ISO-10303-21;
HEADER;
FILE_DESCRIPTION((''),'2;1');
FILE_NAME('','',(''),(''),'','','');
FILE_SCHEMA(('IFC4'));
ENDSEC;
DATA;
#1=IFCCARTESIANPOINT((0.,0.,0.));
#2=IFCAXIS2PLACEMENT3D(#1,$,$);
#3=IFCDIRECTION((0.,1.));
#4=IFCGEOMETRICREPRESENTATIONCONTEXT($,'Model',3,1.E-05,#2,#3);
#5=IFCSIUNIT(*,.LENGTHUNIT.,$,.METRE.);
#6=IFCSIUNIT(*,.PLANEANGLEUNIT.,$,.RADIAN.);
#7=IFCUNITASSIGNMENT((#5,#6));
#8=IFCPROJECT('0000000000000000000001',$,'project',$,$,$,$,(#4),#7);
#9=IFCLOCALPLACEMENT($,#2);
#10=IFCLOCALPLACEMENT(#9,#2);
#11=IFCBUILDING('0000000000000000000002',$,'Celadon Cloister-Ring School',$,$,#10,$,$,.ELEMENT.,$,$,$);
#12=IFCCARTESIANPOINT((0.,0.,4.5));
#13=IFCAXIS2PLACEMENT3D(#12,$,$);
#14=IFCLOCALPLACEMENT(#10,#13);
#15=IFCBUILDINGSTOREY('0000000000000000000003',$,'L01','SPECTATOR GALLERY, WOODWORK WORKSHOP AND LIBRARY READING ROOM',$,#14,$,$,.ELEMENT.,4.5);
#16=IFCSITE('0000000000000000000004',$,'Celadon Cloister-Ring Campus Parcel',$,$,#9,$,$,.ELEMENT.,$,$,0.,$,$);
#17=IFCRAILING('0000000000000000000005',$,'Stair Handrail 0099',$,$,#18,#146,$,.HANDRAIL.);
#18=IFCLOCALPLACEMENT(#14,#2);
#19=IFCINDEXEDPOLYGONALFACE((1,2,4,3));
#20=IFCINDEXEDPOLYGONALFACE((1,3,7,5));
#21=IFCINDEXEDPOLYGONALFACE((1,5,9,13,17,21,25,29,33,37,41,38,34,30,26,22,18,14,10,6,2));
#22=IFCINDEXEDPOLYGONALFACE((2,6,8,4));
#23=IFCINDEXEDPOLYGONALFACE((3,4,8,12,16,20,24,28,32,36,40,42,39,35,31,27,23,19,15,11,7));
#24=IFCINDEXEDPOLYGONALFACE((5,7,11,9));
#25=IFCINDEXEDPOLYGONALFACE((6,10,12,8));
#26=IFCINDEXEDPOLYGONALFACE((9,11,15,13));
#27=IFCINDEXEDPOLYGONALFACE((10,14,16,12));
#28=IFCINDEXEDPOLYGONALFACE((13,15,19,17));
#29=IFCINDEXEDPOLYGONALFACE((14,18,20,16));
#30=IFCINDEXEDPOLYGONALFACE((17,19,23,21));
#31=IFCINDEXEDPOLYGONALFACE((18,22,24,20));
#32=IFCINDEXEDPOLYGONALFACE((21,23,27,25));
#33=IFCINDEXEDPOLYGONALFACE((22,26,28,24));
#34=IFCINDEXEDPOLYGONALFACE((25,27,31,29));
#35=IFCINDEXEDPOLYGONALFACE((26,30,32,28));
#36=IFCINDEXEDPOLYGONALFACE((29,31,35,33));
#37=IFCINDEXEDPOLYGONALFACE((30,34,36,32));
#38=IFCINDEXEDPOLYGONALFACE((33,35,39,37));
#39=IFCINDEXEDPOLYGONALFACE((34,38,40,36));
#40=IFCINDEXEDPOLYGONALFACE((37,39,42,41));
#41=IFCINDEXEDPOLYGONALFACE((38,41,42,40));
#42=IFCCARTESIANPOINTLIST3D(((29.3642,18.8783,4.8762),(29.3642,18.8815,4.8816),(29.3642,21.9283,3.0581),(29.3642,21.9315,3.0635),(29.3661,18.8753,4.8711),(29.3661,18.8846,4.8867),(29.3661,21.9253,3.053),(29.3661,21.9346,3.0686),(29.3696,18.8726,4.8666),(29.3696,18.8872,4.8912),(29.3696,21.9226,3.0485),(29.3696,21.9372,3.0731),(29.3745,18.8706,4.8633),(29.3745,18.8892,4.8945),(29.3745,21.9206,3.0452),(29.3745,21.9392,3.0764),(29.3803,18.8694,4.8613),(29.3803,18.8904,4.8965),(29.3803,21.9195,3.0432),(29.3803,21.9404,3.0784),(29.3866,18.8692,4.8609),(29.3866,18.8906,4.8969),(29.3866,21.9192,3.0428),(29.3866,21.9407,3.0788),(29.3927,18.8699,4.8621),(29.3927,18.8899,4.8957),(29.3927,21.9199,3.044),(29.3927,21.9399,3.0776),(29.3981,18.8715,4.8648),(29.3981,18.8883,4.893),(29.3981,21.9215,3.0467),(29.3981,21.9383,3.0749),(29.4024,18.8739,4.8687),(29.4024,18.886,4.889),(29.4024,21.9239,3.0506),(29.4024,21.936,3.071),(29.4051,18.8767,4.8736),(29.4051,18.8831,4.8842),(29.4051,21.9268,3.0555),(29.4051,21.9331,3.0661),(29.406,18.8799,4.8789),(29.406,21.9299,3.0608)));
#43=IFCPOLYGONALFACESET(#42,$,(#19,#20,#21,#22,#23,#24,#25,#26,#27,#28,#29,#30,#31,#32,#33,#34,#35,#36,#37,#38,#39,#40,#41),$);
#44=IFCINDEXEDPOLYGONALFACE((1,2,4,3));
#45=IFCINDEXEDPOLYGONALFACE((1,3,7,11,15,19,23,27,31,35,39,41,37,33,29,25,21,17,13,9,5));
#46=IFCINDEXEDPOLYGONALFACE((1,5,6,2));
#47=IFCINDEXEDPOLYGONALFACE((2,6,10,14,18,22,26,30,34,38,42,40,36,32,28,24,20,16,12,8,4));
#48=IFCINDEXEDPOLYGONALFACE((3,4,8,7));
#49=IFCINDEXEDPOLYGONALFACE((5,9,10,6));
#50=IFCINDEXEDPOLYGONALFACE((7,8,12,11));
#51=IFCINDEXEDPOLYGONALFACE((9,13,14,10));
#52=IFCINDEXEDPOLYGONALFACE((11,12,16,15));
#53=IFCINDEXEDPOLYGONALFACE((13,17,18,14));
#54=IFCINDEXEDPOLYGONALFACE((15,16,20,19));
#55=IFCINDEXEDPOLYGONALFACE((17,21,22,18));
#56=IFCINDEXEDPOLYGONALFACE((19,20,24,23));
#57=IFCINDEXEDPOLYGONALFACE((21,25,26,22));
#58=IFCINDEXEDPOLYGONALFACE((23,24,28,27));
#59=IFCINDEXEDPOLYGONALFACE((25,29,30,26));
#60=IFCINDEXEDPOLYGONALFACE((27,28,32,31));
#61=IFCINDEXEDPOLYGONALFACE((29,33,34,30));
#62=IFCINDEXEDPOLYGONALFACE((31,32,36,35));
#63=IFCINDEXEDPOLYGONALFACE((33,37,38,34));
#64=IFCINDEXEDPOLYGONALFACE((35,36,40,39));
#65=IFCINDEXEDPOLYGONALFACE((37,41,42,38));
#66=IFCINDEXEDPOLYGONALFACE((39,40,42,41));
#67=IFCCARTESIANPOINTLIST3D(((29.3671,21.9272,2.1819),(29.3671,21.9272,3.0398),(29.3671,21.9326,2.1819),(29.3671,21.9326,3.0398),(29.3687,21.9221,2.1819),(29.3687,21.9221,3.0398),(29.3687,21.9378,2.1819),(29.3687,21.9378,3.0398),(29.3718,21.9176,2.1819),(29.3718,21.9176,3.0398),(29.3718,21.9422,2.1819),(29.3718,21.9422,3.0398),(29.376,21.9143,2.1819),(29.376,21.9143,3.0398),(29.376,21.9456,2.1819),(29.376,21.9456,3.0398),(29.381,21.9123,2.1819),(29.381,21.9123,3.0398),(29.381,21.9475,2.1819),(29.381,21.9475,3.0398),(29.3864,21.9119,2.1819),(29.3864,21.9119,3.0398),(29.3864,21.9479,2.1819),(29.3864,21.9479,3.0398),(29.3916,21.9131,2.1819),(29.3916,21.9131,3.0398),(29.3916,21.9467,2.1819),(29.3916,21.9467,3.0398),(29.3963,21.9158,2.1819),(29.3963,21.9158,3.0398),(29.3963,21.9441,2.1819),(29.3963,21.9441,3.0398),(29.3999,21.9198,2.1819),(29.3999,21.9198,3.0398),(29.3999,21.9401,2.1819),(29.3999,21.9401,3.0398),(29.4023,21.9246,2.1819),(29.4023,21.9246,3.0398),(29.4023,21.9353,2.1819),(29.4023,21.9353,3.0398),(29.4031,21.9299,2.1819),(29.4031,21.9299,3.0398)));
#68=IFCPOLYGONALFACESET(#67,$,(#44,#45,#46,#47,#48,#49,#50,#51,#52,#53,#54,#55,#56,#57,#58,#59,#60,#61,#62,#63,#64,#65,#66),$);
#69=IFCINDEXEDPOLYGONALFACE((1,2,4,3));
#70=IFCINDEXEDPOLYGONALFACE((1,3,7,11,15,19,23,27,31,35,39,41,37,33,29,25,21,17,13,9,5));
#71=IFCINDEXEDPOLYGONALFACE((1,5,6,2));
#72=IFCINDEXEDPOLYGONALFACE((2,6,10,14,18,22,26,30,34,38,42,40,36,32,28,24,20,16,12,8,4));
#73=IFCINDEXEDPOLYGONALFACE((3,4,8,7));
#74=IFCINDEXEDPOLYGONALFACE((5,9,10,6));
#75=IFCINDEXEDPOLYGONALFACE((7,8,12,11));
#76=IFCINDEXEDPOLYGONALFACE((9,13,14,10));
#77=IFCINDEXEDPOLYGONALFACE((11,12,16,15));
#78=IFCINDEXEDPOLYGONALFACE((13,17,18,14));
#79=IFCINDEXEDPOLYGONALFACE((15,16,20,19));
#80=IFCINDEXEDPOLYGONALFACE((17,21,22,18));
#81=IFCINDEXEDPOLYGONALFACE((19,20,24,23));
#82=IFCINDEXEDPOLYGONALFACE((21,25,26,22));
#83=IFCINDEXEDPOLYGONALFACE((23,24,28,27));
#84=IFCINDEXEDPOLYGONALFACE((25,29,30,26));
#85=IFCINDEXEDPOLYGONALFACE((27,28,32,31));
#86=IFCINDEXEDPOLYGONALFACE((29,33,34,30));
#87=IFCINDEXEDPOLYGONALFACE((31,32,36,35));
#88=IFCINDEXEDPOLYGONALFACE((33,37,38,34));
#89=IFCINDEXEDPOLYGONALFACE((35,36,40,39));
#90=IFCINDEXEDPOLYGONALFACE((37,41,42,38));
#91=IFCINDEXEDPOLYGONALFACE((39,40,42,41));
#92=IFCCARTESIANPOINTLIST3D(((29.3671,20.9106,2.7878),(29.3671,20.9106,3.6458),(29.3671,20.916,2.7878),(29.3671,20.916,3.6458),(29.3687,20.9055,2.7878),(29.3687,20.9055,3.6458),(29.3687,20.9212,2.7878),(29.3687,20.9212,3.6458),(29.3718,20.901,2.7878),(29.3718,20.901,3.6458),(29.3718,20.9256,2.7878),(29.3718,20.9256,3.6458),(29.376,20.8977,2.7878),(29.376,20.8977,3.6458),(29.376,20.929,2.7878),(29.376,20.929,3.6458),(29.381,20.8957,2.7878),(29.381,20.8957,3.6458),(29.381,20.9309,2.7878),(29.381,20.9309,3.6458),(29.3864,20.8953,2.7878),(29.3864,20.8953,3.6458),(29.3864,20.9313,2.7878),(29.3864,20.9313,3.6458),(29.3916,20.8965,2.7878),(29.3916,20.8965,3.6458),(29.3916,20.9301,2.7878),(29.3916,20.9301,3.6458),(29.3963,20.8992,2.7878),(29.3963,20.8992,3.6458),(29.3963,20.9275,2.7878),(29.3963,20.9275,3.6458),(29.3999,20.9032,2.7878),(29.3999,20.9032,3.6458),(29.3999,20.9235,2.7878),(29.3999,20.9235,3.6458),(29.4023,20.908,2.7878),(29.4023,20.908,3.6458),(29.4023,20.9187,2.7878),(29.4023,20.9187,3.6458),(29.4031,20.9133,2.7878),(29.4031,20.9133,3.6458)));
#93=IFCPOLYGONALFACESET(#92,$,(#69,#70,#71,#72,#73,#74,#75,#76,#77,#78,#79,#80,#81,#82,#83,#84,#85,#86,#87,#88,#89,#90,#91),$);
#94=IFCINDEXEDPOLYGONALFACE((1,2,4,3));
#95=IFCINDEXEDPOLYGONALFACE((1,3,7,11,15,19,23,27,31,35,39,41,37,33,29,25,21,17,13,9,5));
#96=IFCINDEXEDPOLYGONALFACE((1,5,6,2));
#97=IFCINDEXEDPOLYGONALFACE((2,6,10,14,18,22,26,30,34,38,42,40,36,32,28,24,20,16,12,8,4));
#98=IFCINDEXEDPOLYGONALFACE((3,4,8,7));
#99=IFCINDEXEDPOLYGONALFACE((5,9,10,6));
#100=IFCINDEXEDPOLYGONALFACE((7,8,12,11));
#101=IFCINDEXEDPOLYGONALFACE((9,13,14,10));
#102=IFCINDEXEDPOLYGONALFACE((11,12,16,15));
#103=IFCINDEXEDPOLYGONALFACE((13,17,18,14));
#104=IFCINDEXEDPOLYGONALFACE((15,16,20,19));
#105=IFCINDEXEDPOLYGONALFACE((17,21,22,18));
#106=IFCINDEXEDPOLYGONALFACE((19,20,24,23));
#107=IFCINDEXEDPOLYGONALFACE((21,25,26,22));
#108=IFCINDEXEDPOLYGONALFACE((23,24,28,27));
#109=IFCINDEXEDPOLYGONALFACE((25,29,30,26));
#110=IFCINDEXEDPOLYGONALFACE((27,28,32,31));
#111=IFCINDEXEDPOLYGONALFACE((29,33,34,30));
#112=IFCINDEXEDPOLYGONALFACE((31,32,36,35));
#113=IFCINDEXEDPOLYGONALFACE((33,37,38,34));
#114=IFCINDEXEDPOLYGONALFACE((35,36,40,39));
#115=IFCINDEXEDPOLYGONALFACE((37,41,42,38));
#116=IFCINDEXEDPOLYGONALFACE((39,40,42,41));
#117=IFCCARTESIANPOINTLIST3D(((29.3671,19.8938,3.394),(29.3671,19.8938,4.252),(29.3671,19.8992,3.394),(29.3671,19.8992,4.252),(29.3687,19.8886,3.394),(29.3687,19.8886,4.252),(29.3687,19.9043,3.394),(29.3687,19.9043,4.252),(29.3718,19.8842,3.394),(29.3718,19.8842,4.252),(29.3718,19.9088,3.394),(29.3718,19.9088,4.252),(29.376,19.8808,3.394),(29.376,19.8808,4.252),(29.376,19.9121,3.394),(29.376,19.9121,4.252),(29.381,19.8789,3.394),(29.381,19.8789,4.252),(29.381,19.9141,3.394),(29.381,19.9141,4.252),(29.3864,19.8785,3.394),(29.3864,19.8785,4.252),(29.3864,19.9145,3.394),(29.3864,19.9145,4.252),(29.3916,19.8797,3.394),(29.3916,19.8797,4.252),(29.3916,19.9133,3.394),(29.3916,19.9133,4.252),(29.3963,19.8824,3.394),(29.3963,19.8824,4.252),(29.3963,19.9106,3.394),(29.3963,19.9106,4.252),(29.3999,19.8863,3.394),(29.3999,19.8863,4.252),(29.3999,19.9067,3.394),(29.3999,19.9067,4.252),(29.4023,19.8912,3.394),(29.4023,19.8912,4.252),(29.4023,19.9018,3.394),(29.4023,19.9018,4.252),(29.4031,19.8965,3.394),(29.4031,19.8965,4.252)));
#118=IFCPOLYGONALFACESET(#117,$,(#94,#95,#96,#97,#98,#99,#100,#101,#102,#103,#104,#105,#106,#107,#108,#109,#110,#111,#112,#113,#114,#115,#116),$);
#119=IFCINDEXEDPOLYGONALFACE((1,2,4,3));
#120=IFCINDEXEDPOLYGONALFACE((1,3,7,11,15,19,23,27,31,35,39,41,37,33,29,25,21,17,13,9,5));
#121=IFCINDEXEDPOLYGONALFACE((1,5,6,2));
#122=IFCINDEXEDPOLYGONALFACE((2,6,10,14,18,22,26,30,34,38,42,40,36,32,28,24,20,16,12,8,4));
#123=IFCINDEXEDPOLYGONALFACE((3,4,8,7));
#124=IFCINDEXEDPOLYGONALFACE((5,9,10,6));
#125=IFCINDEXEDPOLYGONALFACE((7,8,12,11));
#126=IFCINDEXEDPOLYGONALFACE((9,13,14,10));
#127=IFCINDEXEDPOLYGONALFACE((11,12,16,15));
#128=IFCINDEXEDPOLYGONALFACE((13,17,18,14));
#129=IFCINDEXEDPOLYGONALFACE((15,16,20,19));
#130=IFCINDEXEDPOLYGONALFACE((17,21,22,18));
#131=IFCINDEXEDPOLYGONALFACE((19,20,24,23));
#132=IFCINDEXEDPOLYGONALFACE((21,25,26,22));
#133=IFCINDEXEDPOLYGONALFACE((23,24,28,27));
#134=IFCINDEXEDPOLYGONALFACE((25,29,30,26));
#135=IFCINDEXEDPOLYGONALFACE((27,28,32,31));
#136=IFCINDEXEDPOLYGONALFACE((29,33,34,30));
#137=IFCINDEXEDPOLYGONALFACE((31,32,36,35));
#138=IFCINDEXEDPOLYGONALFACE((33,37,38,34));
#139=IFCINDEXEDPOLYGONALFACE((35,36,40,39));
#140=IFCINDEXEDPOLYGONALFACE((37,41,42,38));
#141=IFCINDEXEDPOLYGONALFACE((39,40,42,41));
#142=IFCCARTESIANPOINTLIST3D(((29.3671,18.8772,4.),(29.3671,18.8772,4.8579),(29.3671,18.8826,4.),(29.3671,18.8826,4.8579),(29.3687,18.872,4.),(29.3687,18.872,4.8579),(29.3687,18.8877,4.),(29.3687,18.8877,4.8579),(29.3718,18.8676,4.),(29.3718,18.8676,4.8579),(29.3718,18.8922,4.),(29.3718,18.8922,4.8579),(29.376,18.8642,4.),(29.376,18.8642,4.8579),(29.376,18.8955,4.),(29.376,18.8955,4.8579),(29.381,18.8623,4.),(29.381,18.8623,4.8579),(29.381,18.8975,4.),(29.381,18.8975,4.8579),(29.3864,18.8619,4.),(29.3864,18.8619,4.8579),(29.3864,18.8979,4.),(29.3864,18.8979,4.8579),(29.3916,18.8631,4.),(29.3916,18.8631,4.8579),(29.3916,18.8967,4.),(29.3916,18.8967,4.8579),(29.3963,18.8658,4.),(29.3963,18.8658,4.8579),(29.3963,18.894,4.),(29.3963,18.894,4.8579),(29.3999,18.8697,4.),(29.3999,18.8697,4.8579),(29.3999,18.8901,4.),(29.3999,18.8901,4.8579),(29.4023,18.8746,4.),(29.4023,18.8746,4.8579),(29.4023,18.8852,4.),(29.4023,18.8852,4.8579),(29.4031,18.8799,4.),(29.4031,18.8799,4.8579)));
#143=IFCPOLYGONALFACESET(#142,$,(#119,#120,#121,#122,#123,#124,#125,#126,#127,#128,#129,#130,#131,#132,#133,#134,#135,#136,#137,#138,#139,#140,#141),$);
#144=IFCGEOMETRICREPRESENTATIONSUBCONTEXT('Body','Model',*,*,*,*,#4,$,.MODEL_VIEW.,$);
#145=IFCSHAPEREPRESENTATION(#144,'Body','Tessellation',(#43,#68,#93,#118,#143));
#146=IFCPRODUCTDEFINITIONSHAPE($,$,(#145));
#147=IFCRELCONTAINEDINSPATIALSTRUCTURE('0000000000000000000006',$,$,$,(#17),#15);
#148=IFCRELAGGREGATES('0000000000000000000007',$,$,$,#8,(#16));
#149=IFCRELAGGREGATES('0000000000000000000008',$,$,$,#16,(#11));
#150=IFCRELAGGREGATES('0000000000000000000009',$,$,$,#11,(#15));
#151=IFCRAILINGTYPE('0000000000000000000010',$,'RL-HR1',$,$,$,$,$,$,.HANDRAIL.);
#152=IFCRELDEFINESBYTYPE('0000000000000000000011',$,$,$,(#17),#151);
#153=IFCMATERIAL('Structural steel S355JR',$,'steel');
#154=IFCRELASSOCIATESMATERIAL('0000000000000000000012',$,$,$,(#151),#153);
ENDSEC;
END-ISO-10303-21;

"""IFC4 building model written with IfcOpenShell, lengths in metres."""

from ifc_helpers import new_model, si_unit, direction, frame, origin, origin_2d, place, context, subcontext, project, spatial, circle, extrude, material, type_object, element, save


model = new_model("IFC4")

# Units and contexts
model_context = context("Model", 3, precision=1e-05, world=origin(), true_north=direction((0.0, 1.0)))
body_context = subcontext(model_context, "Body", "Model", "MODEL_VIEW")
ifc_project = project(units=[si_unit("LENGTHUNIT", "METRE"), si_unit("PLANEANGLEUNIT", "RADIAN")], contexts=[model_context])

# Site, building, storey
site_placement = place(None, origin())
site = spatial("IfcSite", under=ifc_project, at=site_placement, Name="Celadon Cloister-Ring Campus Parcel", CompositionType="ELEMENT", RefElevation=0.0)
building_placement = place(site_placement, origin())
building = spatial("IfcBuilding", under=site, at=building_placement, Name="Celadon Cloister-Ring School", CompositionType="ELEMENT")
storey_placement = place(building_placement, frame((0.0, 0.0, 4.5)))
storey = spatial("IfcBuildingStorey", under=building, at=storey_placement, Name="L01", Description="SPECTATOR GALLERY, WOODWORK WORKSHOP AND LIBRARY READING ROOM", CompositionType="ELEMENT", Elevation=4.5)

# Railing
ifc_material_1 = material(Name="Structural steel S355JR", Category="steel")
railing_type_1 = type_object("IfcRailingType", Name="RL-HR1", PredefinedType="HANDRAIL", material=ifc_material_1)
for number, where, name in (
    (1, (29.385, 21.9299, 2.1819), "Stair Handrail 0099"),
):
    element("IfcRailing", number, at=place(storey_placement, frame(where)), inside=storey, type_object=railing_type_1, Name=name, PredefinedType="HANDRAIL", context=body_context, shape_type="SweptSolid", body=[
        extrude(circle(Radius=0.021, at=origin_2d()), frame((0.0, 0.0, 0.8789), z_axis=(0.0, -0.85897, 0.512026), x_axis=(1.0, 0.0, 0.0)), (0.0, 0.0, 1.0), 3.5508),
        extrude(circle(Radius=0.0181, at=origin_2d()), origin(), (0.0, 0.0, 1.0), 0.8579),
        extrude(circle(Radius=0.0181, at=origin_2d()), frame((0.0, -1.0166, 0.606)), (0.0, 0.0, 1.0), 0.8579),
        extrude(circle(Radius=0.0181, at=origin_2d()), frame((0.0, -2.0334, 1.2122)), (0.0, 0.0, 1.0), 0.8579),
        extrude(circle(Radius=0.0181, at=origin_2d()), frame((0.0, -3.05, 1.8181)), (0.0, 0.0, 1.0), 0.8579),
    ])

save(model, "model.ifc")
